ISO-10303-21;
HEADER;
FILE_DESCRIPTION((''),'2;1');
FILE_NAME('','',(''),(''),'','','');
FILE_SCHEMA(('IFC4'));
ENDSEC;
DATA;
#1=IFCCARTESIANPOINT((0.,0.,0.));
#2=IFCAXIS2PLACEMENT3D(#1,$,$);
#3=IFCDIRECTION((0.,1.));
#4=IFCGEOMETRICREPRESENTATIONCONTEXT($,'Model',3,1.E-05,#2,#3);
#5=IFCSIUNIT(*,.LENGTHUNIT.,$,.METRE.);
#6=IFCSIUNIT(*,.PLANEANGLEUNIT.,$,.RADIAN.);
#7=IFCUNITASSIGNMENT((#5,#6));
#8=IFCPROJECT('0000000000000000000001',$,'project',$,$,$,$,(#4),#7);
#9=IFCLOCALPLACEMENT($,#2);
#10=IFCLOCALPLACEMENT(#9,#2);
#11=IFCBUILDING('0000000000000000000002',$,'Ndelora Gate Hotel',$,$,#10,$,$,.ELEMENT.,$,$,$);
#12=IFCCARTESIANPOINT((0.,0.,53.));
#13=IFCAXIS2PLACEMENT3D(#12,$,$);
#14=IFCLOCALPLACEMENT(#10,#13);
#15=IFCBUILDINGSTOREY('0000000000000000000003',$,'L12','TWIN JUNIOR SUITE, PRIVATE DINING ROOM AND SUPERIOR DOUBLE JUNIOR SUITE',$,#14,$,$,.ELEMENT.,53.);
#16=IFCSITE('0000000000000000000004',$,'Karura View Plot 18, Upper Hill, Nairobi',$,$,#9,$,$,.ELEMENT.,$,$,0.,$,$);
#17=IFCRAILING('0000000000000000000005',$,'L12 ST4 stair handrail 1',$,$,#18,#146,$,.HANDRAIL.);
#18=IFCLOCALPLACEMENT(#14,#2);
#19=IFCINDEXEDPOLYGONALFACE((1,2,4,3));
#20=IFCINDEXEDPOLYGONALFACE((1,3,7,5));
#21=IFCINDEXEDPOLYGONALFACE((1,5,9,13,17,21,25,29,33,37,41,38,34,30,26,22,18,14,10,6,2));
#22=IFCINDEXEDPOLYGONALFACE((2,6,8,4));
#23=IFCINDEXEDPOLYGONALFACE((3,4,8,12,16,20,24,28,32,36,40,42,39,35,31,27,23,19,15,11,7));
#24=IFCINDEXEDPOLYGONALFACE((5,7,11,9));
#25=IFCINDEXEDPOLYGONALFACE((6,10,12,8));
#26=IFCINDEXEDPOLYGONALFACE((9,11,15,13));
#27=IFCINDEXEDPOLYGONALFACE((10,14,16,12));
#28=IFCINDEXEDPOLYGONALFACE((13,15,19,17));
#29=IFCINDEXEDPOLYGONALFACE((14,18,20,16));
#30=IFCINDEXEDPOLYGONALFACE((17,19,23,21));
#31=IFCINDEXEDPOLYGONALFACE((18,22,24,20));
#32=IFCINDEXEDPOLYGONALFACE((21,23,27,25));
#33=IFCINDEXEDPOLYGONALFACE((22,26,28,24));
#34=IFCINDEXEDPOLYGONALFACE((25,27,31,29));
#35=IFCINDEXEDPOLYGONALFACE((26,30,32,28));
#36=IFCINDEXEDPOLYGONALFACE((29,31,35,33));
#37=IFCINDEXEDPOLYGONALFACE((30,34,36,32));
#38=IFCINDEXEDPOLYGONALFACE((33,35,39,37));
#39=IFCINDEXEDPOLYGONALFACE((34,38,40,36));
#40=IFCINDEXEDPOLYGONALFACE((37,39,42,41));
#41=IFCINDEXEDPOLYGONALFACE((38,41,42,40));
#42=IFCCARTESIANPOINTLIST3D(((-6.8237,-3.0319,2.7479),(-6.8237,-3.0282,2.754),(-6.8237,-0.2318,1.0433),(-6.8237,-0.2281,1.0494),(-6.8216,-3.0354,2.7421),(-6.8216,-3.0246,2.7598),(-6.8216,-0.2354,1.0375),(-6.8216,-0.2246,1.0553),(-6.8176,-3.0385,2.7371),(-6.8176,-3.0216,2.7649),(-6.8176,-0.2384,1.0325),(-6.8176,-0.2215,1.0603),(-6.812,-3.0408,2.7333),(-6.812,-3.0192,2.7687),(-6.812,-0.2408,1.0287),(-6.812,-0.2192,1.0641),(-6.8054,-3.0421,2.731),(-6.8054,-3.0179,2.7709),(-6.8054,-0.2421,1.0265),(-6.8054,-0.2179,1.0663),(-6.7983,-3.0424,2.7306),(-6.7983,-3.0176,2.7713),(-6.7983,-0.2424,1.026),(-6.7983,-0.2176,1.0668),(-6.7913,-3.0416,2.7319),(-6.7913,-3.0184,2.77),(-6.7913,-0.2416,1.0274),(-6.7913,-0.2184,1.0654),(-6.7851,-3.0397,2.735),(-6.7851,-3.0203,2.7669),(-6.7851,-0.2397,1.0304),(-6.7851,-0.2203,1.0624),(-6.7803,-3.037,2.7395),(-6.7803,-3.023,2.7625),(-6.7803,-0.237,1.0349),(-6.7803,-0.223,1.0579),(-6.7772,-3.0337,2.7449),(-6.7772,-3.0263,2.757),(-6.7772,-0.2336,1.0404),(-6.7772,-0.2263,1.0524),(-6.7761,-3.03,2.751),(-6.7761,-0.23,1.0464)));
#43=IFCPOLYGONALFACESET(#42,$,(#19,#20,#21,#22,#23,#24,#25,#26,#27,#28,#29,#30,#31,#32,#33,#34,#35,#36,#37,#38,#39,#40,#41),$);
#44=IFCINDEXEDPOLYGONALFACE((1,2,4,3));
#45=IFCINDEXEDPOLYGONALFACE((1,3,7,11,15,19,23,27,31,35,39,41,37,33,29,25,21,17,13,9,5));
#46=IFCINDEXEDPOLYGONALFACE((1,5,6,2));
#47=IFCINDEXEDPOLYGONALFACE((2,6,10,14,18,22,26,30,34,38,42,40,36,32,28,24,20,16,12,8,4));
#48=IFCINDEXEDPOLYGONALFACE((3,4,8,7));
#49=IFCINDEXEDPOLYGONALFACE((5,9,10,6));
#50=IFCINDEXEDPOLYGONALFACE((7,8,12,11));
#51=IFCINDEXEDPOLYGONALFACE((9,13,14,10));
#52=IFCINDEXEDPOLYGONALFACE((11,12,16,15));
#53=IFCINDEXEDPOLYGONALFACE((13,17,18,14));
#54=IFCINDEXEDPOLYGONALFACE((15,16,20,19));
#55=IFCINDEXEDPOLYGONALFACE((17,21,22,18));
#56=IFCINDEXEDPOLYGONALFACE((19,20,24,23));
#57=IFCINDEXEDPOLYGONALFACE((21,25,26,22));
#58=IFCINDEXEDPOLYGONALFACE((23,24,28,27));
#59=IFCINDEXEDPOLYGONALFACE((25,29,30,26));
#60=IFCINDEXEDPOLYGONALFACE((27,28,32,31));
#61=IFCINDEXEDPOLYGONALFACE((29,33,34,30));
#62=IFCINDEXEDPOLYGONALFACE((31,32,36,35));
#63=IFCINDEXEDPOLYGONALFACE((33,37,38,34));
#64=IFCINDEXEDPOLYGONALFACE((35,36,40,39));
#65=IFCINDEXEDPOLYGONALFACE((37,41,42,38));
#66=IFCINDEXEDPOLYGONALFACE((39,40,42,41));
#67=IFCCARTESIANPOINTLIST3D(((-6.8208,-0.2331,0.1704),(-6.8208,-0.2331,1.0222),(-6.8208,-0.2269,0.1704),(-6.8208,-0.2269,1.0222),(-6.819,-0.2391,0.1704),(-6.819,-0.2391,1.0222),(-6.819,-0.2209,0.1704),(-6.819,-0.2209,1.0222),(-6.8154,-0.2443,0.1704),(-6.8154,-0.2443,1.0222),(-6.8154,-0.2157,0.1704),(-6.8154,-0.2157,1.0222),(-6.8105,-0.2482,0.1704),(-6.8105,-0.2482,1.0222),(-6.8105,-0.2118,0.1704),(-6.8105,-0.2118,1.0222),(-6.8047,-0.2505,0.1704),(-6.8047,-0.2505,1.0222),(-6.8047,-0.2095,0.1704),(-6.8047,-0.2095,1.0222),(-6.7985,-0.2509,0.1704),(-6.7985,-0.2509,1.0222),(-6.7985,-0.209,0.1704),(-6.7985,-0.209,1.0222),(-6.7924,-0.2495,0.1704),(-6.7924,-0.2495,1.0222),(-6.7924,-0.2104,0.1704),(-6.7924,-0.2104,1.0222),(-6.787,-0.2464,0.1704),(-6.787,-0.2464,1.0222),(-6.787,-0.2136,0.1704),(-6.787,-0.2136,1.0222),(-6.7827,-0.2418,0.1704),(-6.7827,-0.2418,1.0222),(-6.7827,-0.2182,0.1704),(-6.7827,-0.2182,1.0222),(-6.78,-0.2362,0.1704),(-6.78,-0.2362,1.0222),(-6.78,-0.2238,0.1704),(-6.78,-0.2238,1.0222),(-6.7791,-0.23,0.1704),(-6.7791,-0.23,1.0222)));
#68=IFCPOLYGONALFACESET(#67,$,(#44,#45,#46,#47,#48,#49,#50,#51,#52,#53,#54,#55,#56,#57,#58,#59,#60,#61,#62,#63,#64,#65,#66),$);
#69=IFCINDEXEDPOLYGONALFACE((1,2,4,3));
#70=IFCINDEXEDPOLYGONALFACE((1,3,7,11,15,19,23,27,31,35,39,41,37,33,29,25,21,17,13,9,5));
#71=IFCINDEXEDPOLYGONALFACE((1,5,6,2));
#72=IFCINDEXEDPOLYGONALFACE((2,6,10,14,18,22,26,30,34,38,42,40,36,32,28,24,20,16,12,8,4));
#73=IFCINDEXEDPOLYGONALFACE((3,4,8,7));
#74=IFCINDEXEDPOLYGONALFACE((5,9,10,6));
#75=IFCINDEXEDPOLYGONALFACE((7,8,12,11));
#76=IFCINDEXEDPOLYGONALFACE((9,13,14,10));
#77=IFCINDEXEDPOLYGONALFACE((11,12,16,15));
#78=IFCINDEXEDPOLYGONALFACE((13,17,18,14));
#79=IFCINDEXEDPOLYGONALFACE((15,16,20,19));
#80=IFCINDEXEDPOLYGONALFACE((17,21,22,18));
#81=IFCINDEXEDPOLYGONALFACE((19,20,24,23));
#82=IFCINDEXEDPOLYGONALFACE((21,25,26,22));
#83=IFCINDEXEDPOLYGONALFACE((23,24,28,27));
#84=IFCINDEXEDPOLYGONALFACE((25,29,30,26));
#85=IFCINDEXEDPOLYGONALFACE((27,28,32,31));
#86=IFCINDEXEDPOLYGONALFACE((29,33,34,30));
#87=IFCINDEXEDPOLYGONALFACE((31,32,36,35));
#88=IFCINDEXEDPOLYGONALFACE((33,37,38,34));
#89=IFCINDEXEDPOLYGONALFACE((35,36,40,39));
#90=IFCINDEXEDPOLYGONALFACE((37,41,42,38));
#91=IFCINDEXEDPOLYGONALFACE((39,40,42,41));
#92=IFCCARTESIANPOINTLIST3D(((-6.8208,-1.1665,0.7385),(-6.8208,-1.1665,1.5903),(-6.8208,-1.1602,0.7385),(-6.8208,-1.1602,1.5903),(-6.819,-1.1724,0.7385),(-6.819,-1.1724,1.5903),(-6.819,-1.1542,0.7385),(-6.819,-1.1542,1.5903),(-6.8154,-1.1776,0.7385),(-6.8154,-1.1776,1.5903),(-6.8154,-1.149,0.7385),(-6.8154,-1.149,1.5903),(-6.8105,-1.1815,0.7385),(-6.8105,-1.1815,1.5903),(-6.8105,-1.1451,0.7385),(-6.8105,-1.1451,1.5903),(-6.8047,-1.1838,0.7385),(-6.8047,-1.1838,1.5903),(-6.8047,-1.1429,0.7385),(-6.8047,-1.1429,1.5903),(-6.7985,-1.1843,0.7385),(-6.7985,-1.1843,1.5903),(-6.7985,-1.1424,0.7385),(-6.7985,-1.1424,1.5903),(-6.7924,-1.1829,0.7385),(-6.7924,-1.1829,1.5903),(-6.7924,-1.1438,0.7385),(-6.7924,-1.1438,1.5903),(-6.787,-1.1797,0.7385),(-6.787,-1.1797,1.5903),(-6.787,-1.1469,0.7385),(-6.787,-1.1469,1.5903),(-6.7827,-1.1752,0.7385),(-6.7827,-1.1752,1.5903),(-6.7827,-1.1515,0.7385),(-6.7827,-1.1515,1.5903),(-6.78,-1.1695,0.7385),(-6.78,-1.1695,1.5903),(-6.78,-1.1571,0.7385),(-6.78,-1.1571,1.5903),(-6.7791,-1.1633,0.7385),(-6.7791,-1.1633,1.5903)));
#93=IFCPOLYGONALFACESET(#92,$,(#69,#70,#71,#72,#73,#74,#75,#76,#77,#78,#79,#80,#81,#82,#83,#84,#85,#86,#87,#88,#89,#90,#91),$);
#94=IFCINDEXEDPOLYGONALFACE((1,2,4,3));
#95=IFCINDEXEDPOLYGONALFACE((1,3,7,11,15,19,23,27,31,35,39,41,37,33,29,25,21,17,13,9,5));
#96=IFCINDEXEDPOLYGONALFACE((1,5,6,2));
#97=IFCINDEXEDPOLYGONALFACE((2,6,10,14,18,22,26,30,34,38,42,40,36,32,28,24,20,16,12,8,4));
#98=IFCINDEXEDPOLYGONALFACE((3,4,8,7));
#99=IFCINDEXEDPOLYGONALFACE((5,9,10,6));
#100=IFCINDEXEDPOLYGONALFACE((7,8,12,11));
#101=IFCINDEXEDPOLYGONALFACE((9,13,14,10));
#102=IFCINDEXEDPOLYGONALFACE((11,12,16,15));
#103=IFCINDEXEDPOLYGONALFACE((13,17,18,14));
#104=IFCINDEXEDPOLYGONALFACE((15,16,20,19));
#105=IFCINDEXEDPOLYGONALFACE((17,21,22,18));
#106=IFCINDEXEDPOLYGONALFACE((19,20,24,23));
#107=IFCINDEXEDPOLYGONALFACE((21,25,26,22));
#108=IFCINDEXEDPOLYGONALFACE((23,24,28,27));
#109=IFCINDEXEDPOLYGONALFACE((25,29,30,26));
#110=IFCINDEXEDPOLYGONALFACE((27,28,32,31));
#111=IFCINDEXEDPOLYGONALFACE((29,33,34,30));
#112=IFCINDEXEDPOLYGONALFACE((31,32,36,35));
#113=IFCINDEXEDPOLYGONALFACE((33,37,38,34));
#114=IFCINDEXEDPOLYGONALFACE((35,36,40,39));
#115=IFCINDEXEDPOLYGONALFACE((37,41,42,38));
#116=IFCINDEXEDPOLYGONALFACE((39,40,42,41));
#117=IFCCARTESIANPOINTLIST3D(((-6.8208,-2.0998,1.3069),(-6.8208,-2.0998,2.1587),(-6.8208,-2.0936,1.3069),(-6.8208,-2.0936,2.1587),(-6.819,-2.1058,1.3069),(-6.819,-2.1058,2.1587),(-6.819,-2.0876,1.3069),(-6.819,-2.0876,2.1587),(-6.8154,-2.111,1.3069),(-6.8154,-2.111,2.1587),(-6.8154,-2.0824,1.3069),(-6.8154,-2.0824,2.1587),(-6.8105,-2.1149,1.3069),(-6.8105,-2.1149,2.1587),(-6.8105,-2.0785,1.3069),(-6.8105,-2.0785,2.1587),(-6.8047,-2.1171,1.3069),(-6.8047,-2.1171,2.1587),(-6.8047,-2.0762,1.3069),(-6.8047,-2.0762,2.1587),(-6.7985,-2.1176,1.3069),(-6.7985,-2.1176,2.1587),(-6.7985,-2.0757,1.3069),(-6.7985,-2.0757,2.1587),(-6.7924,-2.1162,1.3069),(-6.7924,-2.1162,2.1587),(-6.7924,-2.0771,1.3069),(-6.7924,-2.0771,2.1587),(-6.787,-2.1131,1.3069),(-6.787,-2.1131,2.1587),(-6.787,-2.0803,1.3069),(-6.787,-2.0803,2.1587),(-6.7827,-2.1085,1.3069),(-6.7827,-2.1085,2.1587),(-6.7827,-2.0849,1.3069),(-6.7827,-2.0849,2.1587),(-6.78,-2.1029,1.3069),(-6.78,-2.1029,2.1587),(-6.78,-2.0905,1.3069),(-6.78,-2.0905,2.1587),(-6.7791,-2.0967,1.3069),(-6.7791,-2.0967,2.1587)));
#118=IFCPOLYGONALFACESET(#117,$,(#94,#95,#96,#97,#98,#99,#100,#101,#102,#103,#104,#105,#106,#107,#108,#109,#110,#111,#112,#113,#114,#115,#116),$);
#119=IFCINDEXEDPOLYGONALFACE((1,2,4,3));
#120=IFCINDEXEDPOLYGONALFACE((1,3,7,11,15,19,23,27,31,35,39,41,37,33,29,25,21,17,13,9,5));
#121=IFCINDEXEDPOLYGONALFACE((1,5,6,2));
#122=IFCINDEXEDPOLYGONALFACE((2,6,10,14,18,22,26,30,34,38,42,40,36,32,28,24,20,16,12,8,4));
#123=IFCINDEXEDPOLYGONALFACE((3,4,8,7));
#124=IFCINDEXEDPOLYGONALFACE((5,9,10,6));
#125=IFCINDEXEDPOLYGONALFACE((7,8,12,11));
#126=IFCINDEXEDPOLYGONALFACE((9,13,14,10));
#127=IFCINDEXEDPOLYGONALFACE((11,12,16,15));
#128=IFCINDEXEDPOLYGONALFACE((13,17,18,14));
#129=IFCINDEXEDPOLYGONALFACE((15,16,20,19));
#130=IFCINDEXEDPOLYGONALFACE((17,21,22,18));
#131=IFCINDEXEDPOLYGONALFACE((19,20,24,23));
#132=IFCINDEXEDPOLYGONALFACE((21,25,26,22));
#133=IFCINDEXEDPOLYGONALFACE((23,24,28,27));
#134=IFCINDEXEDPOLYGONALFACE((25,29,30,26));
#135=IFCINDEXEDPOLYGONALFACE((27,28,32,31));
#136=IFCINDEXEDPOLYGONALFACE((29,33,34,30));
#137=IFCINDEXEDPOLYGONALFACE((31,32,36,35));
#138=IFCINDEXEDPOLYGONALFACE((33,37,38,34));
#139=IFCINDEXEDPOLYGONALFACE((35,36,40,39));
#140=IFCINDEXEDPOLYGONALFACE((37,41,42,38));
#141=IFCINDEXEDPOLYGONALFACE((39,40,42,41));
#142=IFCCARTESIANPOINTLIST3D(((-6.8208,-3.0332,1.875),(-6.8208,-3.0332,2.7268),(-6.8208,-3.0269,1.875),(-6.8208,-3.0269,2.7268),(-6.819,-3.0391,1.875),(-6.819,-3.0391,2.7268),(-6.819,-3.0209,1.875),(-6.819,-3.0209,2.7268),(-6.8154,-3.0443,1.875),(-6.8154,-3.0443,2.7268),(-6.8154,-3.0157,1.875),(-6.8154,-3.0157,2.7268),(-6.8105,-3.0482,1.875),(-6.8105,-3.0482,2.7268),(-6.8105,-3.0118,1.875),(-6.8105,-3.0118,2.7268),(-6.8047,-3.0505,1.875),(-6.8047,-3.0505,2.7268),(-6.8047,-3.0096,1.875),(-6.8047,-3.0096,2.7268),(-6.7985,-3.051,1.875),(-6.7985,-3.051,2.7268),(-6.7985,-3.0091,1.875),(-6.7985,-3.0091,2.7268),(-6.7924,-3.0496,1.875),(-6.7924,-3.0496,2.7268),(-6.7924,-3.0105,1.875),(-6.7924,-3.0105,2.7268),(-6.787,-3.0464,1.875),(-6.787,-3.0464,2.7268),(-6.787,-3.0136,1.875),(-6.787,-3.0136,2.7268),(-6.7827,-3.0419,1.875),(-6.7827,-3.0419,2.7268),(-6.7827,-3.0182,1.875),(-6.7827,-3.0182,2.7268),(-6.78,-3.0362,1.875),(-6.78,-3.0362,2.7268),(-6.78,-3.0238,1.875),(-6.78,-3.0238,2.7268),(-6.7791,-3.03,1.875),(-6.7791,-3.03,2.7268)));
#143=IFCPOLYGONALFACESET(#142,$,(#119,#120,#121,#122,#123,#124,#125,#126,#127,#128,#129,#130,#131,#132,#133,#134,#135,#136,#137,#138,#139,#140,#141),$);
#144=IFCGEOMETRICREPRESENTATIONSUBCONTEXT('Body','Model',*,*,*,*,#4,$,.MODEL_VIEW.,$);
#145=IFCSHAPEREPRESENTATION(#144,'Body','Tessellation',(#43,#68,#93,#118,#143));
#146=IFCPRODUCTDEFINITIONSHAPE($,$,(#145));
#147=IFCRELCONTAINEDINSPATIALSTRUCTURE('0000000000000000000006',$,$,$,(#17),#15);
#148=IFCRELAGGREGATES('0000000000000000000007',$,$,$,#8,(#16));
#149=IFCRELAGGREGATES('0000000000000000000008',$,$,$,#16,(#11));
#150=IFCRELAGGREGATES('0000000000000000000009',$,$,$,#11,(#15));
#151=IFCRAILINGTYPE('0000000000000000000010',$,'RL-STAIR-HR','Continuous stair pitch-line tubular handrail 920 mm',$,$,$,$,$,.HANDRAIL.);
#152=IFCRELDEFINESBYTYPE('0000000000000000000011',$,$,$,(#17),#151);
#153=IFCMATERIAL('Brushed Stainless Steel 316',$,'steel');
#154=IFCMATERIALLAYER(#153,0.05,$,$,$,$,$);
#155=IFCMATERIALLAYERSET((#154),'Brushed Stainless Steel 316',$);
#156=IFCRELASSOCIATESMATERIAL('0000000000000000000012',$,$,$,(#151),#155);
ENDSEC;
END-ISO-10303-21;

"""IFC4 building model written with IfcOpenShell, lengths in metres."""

from ifc_helpers import new_model, si_unit, direction, frame, origin, origin_2d, place, context, subcontext, project, spatial, circle, extrude, material, layer, layer_set, type_object, element, save


model = new_model("IFC4")

# Units and contexts
model_context = context("Model", 3, precision=1e-05, world=origin(), true_north=direction((0.0, 1.0)))
body_context = subcontext(model_context, "Body", "Model", "MODEL_VIEW")
ifc_project = project(units=[si_unit("LENGTHUNIT", "METRE"), si_unit("PLANEANGLEUNIT", "RADIAN")], contexts=[model_context])

# Site, building, storey
site_placement = place(None, origin())
site = spatial("IfcSite", under=ifc_project, at=site_placement, Name="Karura View Plot 18, Upper Hill, Nairobi", CompositionType="ELEMENT", RefElevation=0.0)
building_placement = place(site_placement, origin())
building = spatial("IfcBuilding", under=site, at=building_placement, Name="Ndelora Gate Hotel", CompositionType="ELEMENT")
storey_placement = place(building_placement, frame((0.0, 0.0, 53.0)))
storey = spatial("IfcBuildingStorey", under=building, at=storey_placement, Name="L12", Description="TWIN JUNIOR SUITE, PRIVATE DINING ROOM AND SUPERIOR DOUBLE JUNIOR SUITE", CompositionType="ELEMENT", Elevation=53.0)

# Railing
ifc_material_1 = material(Name="Brushed Stainless Steel 316", Category="steel")
ifc_layer_1 = layer(ifc_material_1, 0.05)
ifc_layer_set_1 = layer_set([ifc_layer_1], Name="Brushed Stainless Steel 316")
railing_type_1 = type_object("IfcRailingType", Name="RL-STAIR-HR", Description="Continuous stair pitch-line tubular handrail 920 mm", PredefinedType="HANDRAIL", material=ifc_layer_set_1)
railing_1_placement = place(storey_placement, frame((-6.8, -0.23, 0.1704)))
element("IfcRailing", 1, at=railing_1_placement, inside=storey, type_object=railing_type_1, Name="L12 ST4 stair handrail 1", PredefinedType="HANDRAIL", context=body_context, shape_type="SweptSolid", body=[
    extrude(circle(Radius=0.0239, at=origin_2d()), frame((0.0, 0.0, 0.876), z_axis=(0.0, -0.85417, 0.519994), x_axis=(1.0, 0.0, 0.0)), (0.0, 0.0, 1.0), 3.2781),
    extrude(circle(Radius=0.021, at=origin_2d()), origin(), (0.0, 0.0, 1.0), 0.8518),
    extrude(circle(Radius=0.021, at=origin_2d()), frame((0.0, -0.9333, 0.5681)), (0.0, 0.0, 1.0), 0.8518),
    extrude(circle(Radius=0.021, at=origin_2d()), frame((0.0, -1.8667, 1.1365)), (0.0, 0.0, 1.0), 0.8518),
    extrude(circle(Radius=0.021, at=origin_2d()), frame((0.0, -2.8, 1.7046)), (0.0, 0.0, 1.0), 0.8518),
])

save(model, "model.ifc")
